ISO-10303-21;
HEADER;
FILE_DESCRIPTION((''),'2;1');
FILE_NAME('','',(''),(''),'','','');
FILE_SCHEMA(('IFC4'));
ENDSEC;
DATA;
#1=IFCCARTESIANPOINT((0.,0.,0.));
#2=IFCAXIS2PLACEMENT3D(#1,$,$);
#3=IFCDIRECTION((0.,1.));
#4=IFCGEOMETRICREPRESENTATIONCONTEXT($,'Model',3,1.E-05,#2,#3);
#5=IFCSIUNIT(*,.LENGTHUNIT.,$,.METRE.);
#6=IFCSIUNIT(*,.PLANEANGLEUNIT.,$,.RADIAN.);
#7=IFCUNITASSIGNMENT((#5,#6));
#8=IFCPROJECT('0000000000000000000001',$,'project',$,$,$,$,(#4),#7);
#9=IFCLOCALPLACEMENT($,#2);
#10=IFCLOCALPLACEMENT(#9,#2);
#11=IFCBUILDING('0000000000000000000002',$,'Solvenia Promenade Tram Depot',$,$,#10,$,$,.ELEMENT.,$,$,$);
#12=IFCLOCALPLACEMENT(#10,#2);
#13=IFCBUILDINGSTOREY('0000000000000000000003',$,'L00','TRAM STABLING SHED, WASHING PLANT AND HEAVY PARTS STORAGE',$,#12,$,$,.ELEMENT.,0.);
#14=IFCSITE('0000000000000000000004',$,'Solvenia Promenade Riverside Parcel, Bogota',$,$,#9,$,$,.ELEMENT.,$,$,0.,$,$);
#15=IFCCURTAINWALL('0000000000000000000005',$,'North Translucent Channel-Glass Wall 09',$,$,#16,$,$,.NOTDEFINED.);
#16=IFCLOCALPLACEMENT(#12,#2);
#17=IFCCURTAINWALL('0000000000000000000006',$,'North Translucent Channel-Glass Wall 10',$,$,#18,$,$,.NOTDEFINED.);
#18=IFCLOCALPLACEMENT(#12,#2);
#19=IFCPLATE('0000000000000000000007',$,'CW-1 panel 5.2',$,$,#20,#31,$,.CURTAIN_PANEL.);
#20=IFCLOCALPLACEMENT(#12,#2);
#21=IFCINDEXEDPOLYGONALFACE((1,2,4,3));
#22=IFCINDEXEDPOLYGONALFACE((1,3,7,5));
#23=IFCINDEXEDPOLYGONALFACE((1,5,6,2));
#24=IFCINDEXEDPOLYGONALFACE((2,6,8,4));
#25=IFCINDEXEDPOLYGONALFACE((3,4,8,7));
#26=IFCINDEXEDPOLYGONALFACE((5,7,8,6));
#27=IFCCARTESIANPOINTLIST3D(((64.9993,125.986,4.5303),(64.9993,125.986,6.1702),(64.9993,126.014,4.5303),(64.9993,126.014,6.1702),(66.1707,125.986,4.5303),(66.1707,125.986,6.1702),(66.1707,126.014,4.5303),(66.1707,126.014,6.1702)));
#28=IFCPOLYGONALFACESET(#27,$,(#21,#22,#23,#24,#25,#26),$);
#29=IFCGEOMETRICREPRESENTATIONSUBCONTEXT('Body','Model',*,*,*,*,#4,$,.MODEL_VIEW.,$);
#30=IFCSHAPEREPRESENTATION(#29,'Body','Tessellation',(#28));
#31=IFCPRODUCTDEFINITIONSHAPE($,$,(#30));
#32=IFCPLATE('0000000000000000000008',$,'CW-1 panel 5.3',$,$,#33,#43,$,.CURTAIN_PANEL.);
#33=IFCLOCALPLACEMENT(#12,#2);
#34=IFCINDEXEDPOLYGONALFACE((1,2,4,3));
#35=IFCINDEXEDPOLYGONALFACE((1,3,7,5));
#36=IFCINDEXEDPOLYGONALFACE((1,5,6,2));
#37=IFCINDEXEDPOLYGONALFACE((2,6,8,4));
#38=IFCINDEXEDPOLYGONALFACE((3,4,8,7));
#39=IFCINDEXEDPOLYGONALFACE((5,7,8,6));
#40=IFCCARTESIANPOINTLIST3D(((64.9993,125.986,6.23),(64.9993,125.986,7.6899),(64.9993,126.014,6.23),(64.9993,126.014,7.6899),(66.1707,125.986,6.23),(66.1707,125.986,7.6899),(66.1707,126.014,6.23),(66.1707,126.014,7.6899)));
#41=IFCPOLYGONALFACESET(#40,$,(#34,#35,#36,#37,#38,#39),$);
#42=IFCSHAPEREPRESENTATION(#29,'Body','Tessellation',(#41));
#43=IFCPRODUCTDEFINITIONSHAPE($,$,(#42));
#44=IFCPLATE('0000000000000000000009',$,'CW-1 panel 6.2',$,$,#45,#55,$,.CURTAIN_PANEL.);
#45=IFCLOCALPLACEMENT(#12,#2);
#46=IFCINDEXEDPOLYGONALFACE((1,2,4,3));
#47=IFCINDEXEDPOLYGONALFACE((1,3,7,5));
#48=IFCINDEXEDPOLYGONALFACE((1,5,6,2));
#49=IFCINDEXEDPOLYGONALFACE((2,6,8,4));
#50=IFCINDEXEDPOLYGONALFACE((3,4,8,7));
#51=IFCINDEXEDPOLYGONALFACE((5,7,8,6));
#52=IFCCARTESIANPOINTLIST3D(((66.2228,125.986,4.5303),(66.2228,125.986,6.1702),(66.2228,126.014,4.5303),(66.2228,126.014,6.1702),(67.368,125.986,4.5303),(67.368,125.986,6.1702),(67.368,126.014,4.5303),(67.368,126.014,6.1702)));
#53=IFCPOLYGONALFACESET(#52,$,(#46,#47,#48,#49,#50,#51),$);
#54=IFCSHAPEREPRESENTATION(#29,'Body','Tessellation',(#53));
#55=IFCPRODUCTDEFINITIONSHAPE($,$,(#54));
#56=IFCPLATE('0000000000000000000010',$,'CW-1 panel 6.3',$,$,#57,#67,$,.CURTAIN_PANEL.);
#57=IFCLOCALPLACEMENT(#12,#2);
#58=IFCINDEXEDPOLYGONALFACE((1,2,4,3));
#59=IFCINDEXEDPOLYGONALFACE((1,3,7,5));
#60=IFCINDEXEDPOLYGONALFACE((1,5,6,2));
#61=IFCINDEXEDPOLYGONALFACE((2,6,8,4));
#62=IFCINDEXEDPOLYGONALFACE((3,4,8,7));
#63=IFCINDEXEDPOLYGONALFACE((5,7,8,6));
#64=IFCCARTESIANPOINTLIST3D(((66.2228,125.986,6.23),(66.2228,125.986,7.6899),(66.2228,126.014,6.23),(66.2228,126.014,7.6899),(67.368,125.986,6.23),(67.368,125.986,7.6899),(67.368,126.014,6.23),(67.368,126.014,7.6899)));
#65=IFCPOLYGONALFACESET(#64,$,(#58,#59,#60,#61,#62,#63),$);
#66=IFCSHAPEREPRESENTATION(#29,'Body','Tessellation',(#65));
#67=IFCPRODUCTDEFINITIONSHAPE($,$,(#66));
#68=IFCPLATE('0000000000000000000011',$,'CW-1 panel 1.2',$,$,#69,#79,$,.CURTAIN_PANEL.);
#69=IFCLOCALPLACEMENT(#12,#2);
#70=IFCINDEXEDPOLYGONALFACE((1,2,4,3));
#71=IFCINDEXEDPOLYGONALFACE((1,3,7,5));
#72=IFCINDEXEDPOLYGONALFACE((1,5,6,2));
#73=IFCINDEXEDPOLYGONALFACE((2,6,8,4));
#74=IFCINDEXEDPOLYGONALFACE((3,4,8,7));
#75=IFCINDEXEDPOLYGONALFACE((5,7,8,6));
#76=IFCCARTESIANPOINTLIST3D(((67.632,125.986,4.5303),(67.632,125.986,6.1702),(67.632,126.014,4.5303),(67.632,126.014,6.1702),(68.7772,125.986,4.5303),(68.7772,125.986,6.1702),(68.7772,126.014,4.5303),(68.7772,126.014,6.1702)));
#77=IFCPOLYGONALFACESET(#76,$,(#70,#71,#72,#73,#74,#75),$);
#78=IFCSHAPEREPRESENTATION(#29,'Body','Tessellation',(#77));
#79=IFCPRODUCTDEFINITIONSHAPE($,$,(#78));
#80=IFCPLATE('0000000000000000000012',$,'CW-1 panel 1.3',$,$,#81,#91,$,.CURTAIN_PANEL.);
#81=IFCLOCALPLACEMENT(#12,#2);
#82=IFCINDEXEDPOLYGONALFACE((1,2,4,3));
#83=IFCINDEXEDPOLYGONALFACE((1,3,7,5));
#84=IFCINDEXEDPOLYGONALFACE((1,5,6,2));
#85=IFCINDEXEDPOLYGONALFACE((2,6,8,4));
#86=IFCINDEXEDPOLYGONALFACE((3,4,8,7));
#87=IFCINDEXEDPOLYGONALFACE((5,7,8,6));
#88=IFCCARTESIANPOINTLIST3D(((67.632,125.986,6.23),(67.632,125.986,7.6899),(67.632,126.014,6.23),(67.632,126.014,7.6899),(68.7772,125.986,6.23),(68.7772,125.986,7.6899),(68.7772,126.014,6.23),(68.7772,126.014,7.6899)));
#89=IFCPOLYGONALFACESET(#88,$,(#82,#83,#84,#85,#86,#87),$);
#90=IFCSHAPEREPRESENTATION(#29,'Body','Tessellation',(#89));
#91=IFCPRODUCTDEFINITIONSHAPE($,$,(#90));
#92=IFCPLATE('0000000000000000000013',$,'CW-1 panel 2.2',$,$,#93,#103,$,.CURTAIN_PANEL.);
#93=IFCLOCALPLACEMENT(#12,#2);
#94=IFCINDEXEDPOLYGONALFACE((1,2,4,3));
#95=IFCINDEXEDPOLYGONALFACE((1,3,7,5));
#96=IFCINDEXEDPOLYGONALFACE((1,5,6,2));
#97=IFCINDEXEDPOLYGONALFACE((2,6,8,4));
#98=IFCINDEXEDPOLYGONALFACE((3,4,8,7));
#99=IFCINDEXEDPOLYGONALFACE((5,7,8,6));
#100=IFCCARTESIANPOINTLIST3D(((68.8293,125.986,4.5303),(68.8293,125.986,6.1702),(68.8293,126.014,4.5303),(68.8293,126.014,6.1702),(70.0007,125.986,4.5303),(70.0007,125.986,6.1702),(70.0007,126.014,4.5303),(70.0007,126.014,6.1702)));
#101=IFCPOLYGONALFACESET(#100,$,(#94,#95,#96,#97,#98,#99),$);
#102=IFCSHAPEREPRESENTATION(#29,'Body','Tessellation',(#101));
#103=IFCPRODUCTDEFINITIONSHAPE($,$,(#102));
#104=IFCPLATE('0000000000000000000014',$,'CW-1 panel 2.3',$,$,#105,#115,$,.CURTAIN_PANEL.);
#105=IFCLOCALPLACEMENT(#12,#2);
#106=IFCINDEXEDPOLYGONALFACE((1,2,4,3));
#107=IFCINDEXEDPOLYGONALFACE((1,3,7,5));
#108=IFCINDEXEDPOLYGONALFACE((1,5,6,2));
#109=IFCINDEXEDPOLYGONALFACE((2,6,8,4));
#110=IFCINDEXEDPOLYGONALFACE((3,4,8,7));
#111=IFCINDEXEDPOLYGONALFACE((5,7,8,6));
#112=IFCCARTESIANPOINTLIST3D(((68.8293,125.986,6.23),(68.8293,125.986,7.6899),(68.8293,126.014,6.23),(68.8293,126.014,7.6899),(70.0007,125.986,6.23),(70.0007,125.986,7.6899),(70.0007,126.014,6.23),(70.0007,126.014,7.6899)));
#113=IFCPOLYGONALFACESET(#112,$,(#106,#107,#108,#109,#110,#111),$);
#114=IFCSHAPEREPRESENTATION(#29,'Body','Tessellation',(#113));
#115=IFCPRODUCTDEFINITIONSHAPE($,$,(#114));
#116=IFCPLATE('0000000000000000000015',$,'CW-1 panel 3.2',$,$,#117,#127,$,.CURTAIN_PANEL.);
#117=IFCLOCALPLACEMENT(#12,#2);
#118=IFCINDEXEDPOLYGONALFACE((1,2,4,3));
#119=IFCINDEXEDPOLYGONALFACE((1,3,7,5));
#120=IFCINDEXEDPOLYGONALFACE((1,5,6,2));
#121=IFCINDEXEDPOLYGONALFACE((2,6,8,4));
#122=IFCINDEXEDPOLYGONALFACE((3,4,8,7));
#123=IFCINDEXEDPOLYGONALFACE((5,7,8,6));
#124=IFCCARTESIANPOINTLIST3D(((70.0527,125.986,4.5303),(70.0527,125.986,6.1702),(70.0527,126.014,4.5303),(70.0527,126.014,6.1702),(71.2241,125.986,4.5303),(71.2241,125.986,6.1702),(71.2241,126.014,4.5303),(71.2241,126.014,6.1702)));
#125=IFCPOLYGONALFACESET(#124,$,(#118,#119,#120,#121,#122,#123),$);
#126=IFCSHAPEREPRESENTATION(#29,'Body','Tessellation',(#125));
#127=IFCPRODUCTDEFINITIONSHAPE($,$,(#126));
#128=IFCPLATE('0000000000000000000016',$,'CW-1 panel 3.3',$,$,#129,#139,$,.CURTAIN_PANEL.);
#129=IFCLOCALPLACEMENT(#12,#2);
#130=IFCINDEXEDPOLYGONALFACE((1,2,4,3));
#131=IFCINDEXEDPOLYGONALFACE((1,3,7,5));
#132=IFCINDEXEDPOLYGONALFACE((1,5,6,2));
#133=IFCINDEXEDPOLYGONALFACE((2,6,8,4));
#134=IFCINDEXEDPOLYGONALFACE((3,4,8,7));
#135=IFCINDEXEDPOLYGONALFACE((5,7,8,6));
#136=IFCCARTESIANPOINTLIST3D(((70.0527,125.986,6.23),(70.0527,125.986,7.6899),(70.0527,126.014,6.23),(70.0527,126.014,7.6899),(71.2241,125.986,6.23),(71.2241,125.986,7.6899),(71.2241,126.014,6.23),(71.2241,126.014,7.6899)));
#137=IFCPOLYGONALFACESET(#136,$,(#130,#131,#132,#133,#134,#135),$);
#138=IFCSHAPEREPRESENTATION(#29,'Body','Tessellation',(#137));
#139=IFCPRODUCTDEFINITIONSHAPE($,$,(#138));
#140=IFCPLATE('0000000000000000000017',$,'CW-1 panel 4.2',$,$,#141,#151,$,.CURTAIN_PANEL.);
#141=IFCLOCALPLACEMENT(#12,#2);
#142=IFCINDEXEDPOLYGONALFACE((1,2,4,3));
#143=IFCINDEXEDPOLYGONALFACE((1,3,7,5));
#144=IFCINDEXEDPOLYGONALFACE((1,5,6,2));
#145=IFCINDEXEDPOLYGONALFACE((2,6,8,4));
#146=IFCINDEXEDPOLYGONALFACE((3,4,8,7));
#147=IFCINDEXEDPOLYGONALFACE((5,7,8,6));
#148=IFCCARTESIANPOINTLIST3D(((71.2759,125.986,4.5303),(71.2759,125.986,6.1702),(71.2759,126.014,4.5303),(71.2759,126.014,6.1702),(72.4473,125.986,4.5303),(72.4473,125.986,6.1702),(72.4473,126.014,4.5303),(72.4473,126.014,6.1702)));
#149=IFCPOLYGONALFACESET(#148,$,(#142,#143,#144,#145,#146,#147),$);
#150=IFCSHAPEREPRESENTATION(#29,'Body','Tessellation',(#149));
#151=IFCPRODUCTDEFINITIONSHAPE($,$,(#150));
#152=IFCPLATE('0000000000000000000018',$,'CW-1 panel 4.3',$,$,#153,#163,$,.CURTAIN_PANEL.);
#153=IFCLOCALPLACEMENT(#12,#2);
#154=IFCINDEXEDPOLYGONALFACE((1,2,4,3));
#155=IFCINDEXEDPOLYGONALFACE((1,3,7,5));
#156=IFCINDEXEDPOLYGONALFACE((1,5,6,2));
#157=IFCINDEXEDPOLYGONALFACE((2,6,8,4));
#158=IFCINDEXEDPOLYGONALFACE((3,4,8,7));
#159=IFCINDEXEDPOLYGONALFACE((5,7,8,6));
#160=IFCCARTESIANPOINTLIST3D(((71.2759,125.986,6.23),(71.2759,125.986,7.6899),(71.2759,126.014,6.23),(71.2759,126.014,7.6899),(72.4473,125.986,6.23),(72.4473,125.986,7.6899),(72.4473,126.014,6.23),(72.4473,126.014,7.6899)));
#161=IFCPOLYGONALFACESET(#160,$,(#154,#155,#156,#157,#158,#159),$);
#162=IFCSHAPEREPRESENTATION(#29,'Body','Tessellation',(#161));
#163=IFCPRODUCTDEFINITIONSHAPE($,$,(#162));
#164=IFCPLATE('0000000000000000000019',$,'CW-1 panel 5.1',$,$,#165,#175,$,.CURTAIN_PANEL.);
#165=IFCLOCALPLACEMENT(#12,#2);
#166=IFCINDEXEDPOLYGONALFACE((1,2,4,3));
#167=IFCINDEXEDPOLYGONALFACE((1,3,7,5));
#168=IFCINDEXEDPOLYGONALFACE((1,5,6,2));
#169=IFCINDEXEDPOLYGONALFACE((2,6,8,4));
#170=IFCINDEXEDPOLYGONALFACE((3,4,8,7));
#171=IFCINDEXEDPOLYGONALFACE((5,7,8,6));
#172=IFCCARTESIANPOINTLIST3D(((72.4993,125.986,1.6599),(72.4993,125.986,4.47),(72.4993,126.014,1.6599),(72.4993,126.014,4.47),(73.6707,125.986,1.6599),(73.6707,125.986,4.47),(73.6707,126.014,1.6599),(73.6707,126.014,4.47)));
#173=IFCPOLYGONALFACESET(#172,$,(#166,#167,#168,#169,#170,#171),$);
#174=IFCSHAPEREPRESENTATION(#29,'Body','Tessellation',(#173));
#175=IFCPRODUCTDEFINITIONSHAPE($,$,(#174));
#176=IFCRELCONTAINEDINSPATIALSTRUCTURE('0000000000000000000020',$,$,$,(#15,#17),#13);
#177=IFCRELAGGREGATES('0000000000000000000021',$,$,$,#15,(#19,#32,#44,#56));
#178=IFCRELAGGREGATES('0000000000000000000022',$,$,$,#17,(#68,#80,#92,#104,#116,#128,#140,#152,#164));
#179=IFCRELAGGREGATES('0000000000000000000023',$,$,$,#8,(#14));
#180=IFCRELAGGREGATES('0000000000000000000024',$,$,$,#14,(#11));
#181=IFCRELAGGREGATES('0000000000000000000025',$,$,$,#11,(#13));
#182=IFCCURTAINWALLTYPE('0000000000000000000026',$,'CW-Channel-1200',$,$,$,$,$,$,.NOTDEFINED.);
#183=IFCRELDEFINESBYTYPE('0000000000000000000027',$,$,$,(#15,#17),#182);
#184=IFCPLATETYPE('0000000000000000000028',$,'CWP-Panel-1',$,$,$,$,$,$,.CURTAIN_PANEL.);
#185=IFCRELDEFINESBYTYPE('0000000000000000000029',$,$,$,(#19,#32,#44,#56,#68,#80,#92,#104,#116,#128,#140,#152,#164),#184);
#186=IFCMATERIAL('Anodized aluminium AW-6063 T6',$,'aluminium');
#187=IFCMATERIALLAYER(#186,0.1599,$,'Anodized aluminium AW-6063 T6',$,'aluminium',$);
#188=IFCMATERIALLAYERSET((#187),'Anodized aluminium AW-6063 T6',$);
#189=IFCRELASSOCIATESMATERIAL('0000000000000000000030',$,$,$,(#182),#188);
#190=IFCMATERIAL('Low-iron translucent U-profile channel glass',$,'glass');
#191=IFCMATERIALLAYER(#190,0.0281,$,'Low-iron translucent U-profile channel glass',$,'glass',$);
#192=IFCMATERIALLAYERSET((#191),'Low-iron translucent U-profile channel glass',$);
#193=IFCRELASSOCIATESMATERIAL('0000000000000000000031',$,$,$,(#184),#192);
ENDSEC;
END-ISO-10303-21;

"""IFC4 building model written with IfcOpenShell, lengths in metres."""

from ifc_helpers import new_model, si_unit, direction, frame, origin, origin_2d, place, context, subcontext, project, spatial, rectangle, extrude, material, layer, layer_set, type_object, element, aggregate, save


model = new_model("IFC4")

# Units and contexts
model_context = context("Model", 3, precision=1e-05, world=origin(), true_north=direction((0.0, 1.0)))
body_context = subcontext(model_context, "Body", "Model", "MODEL_VIEW")
ifc_project = project(units=[si_unit("LENGTHUNIT", "METRE"), si_unit("PLANEANGLEUNIT", "RADIAN")], contexts=[model_context])

# Site, building, storey
site_placement = place(None, origin())
site = spatial("IfcSite", under=ifc_project, at=site_placement, Name="Solvenia Promenade Riverside Parcel, Bogota", CompositionType="ELEMENT", RefElevation=0.0)
building_placement = place(site_placement, origin())
building = spatial("IfcBuilding", under=site, at=building_placement, Name="Solvenia Promenade Tram Depot", CompositionType="ELEMENT")
storey_placement = place(building_placement, origin())
storey = spatial("IfcBuildingStorey", under=building, at=storey_placement, Name="L00", Description="TRAM STABLING SHED, WASHING PLANT AND HEAVY PARTS STORAGE", CompositionType="ELEMENT", Elevation=0.0)

# Curtain walls
ifc_material_1 = material(Name="Anodized aluminium AW-6063 T6", Category="aluminium")
ifc_layer_1 = layer(ifc_material_1, 0.1599, Name="Anodized aluminium AW-6063 T6", Category="aluminium")
ifc_layer_set_1 = layer_set([ifc_layer_1], Name="Anodized aluminium AW-6063 T6")
curtain_wall_type = type_object("IfcCurtainWallType", Name="CW-Channel-1200", PredefinedType="NOTDEFINED", material=ifc_layer_set_1)
curtain_wall_1_placement = place(storey_placement, origin())
curtain_wall_1 = element("IfcCurtainWall", 1, at=curtain_wall_1_placement, inside=storey, type_object=curtain_wall_type, Name="North Translucent Channel-Glass Wall 09", PredefinedType="NOTDEFINED")
curtain_wall_2_placement = place(storey_placement, origin())
curtain_wall_2 = element("IfcCurtainWall", 2, at=curtain_wall_2_placement, inside=storey, type_object=curtain_wall_type, Name="North Translucent Channel-Glass Wall 10", PredefinedType="NOTDEFINED")

# Plates
ifc_material_2 = material(Name="Low-iron translucent U-profile channel glass", Category="glass")
ifc_layer_2 = layer(ifc_material_2, 0.0281, Name="Low-iron translucent U-profile channel glass", Category="glass")
ifc_layer_set_2 = layer_set([ifc_layer_2], Name="Low-iron translucent U-profile channel glass")
plate_type = type_object("IfcPlateType", Name="CWP-Panel-1", PredefinedType="CURTAIN_PANEL", material=ifc_layer_set_2)
plate_1_placement = place(storey_placement, frame((65.585, 126.0, 4.5303), z_axis=(0.0, 0.0, 1.0), x_axis=(1.0, 0.0, 0.0)))
plate_1 = element("IfcPlate", 3, at=plate_1_placement, type_object=plate_type, Name="CW-1 panel 5.2", PredefinedType="CURTAIN_PANEL", context=body_context, shape_type="SweptSolid", body=[
    extrude(rectangle(XDim=1.1714, YDim=0.0281, at=origin_2d()), origin(), (0.0, 0.0, 1.0), 1.6399),
])
plate_2_placement = place(storey_placement, frame((65.585, 126.0, 6.23), z_axis=(0.0, 0.0, 1.0), x_axis=(1.0, 0.0, 0.0)))
plate_2 = element("IfcPlate", 4, at=plate_2_placement, type_object=plate_type, Name="CW-1 panel 5.3", PredefinedType="CURTAIN_PANEL", context=body_context, shape_type="SweptSolid", body=[
    extrude(rectangle(XDim=1.1714, YDim=0.0281, at=origin_2d()), origin(), (0.0, 0.0, 1.0), 1.46),
])
plate_3_placement = place(storey_placement, frame((66.7954, 126.0, 4.5303), z_axis=(0.0, 0.0, 1.0), x_axis=(1.0, 0.0, 0.0)))
plate_3 = element("IfcPlate", 5, at=plate_3_placement, type_object=plate_type, Name="CW-1 panel 6.2", PredefinedType="CURTAIN_PANEL", context=body_context, shape_type="SweptSolid", body=[
    extrude(rectangle(XDim=1.1453, YDim=0.0281, at=origin_2d()), origin(), (0.0, 0.0, 1.0), 1.6399),
])
plate_4_placement = place(storey_placement, frame((66.7954, 126.0, 6.23), z_axis=(0.0, 0.0, 1.0), x_axis=(1.0, 0.0, 0.0)))
plate_4 = element("IfcPlate", 6, at=plate_4_placement, type_object=plate_type, Name="CW-1 panel 6.3", PredefinedType="CURTAIN_PANEL", context=body_context, shape_type="SweptSolid", body=[
    extrude(rectangle(XDim=1.1453, YDim=0.0281, at=origin_2d()), origin(), (0.0, 0.0, 1.0), 1.46),
])
aggregate(curtain_wall_1, [plate_1, plate_2, plate_3, plate_4])
plate_5_placement = place(storey_placement, frame((68.2046, 126.0, 4.5303), z_axis=(0.0, 0.0, 1.0), x_axis=(1.0, 0.0, 0.0)))
plate_5 = element("IfcPlate", 7, at=plate_5_placement, type_object=plate_type, Name="CW-1 panel 1.2", PredefinedType="CURTAIN_PANEL", context=body_context, shape_type="SweptSolid", body=[
    extrude(rectangle(XDim=1.1453, YDim=0.0281, at=origin_2d()), origin(), (0.0, 0.0, 1.0), 1.6399),
])
plate_6_placement = place(storey_placement, frame((68.2046, 126.0, 6.23), z_axis=(0.0, 0.0, 1.0), x_axis=(1.0, 0.0, 0.0)))
plate_6 = element("IfcPlate", 8, at=plate_6_placement, type_object=plate_type, Name="CW-1 panel 1.3", PredefinedType="CURTAIN_PANEL", context=body_context, shape_type="SweptSolid", body=[
    extrude(rectangle(XDim=1.1453, YDim=0.0281, at=origin_2d()), origin(), (0.0, 0.0, 1.0), 1.46),
])
plate_7_placement = place(storey_placement, frame((69.415, 126.0, 4.5303), z_axis=(0.0, 0.0, 1.0), x_axis=(1.0, 0.0, 0.0)))
plate_7 = element("IfcPlate", 9, at=plate_7_placement, type_object=plate_type, Name="CW-1 panel 2.2", PredefinedType="CURTAIN_PANEL", context=body_context, shape_type="SweptSolid", body=[
    extrude(rectangle(XDim=1.1714, YDim=0.0281, at=origin_2d()), origin(), (0.0, 0.0, 1.0), 1.6399),
])
plate_8_placement = place(storey_placement, frame((69.415, 126.0, 6.23), z_axis=(0.0, 0.0, 1.0), x_axis=(1.0, 0.0, 0.0)))
plate_8 = element("IfcPlate", 10, at=plate_8_placement, type_object=plate_type, Name="CW-1 panel 2.3", PredefinedType="CURTAIN_PANEL", context=body_context, shape_type="SweptSolid", body=[
    extrude(rectangle(XDim=1.1714, YDim=0.0281, at=origin_2d()), origin(), (0.0, 0.0, 1.0), 1.46),
])
plate_9_placement = place(storey_placement, frame((70.6384, 126.0, 4.5303), z_axis=(0.0, 0.0, 1.0), x_axis=(1.0, 0.0, 0.0)))
plate_9 = element("IfcPlate", 11, at=plate_9_placement, type_object=plate_type, Name="CW-1 panel 3.2", PredefinedType="CURTAIN_PANEL", context=body_context, shape_type="SweptSolid", body=[
    extrude(rectangle(XDim=1.1714, YDim=0.0281, at=origin_2d()), origin(), (0.0, 0.0, 1.0), 1.6399),
])
plate_10_placement = place(storey_placement, frame((70.6384, 126.0, 6.23), z_axis=(0.0, 0.0, 1.0), x_axis=(1.0, 0.0, 0.0)))
plate_10 = element("IfcPlate", 12, at=plate_10_placement, type_object=plate_type, Name="CW-1 panel 3.3", PredefinedType="CURTAIN_PANEL", context=body_context, shape_type="SweptSolid", body=[
    extrude(rectangle(XDim=1.1714, YDim=0.0281, at=origin_2d()), origin(), (0.0, 0.0, 1.0), 1.46),
])
plate_11_placement = place(storey_placement, frame((71.8616, 126.0, 4.5303), z_axis=(0.0, 0.0, 1.0), x_axis=(1.0, 0.0, 0.0)))
plate_11 = element("IfcPlate", 13, at=plate_11_placement, type_object=plate_type, Name="CW-1 panel 4.2", PredefinedType="CURTAIN_PANEL", context=body_context, shape_type="SweptSolid", body=[
    extrude(rectangle(XDim=1.1714, YDim=0.0281, at=origin_2d()), origin(), (0.0, 0.0, 1.0), 1.6399),
])
plate_12_placement = place(storey_placement, frame((71.8616, 126.0, 6.23), z_axis=(0.0, 0.0, 1.0), x_axis=(1.0, 0.0, 0.0)))
plate_12 = element("IfcPlate", 14, at=plate_12_placement, type_object=plate_type, Name="CW-1 panel 4.3", PredefinedType="CURTAIN_PANEL", context=body_context, shape_type="SweptSolid", body=[
    extrude(rectangle(XDim=1.1714, YDim=0.0281, at=origin_2d()), origin(), (0.0, 0.0, 1.0), 1.46),
])
plate_13_placement = place(storey_placement, frame((73.085, 126.0, 1.6599), z_axis=(0.0, 0.0, 1.0), x_axis=(1.0, 0.0, 0.0)))
plate_13 = element("IfcPlate", 15, at=plate_13_placement, type_object=plate_type, Name="CW-1 panel 5.1", PredefinedType="CURTAIN_PANEL", context=body_context, shape_type="SweptSolid", body=[
    extrude(rectangle(XDim=1.1714, YDim=0.0281, at=origin_2d()), origin(), (0.0, 0.0, 1.0), 2.8101),
])
aggregate(curtain_wall_2, [plate_5, plate_6, plate_7, plate_8, plate_9, plate_10, plate_11, plate_12, plate_13])

save(model, "model.ifc")
